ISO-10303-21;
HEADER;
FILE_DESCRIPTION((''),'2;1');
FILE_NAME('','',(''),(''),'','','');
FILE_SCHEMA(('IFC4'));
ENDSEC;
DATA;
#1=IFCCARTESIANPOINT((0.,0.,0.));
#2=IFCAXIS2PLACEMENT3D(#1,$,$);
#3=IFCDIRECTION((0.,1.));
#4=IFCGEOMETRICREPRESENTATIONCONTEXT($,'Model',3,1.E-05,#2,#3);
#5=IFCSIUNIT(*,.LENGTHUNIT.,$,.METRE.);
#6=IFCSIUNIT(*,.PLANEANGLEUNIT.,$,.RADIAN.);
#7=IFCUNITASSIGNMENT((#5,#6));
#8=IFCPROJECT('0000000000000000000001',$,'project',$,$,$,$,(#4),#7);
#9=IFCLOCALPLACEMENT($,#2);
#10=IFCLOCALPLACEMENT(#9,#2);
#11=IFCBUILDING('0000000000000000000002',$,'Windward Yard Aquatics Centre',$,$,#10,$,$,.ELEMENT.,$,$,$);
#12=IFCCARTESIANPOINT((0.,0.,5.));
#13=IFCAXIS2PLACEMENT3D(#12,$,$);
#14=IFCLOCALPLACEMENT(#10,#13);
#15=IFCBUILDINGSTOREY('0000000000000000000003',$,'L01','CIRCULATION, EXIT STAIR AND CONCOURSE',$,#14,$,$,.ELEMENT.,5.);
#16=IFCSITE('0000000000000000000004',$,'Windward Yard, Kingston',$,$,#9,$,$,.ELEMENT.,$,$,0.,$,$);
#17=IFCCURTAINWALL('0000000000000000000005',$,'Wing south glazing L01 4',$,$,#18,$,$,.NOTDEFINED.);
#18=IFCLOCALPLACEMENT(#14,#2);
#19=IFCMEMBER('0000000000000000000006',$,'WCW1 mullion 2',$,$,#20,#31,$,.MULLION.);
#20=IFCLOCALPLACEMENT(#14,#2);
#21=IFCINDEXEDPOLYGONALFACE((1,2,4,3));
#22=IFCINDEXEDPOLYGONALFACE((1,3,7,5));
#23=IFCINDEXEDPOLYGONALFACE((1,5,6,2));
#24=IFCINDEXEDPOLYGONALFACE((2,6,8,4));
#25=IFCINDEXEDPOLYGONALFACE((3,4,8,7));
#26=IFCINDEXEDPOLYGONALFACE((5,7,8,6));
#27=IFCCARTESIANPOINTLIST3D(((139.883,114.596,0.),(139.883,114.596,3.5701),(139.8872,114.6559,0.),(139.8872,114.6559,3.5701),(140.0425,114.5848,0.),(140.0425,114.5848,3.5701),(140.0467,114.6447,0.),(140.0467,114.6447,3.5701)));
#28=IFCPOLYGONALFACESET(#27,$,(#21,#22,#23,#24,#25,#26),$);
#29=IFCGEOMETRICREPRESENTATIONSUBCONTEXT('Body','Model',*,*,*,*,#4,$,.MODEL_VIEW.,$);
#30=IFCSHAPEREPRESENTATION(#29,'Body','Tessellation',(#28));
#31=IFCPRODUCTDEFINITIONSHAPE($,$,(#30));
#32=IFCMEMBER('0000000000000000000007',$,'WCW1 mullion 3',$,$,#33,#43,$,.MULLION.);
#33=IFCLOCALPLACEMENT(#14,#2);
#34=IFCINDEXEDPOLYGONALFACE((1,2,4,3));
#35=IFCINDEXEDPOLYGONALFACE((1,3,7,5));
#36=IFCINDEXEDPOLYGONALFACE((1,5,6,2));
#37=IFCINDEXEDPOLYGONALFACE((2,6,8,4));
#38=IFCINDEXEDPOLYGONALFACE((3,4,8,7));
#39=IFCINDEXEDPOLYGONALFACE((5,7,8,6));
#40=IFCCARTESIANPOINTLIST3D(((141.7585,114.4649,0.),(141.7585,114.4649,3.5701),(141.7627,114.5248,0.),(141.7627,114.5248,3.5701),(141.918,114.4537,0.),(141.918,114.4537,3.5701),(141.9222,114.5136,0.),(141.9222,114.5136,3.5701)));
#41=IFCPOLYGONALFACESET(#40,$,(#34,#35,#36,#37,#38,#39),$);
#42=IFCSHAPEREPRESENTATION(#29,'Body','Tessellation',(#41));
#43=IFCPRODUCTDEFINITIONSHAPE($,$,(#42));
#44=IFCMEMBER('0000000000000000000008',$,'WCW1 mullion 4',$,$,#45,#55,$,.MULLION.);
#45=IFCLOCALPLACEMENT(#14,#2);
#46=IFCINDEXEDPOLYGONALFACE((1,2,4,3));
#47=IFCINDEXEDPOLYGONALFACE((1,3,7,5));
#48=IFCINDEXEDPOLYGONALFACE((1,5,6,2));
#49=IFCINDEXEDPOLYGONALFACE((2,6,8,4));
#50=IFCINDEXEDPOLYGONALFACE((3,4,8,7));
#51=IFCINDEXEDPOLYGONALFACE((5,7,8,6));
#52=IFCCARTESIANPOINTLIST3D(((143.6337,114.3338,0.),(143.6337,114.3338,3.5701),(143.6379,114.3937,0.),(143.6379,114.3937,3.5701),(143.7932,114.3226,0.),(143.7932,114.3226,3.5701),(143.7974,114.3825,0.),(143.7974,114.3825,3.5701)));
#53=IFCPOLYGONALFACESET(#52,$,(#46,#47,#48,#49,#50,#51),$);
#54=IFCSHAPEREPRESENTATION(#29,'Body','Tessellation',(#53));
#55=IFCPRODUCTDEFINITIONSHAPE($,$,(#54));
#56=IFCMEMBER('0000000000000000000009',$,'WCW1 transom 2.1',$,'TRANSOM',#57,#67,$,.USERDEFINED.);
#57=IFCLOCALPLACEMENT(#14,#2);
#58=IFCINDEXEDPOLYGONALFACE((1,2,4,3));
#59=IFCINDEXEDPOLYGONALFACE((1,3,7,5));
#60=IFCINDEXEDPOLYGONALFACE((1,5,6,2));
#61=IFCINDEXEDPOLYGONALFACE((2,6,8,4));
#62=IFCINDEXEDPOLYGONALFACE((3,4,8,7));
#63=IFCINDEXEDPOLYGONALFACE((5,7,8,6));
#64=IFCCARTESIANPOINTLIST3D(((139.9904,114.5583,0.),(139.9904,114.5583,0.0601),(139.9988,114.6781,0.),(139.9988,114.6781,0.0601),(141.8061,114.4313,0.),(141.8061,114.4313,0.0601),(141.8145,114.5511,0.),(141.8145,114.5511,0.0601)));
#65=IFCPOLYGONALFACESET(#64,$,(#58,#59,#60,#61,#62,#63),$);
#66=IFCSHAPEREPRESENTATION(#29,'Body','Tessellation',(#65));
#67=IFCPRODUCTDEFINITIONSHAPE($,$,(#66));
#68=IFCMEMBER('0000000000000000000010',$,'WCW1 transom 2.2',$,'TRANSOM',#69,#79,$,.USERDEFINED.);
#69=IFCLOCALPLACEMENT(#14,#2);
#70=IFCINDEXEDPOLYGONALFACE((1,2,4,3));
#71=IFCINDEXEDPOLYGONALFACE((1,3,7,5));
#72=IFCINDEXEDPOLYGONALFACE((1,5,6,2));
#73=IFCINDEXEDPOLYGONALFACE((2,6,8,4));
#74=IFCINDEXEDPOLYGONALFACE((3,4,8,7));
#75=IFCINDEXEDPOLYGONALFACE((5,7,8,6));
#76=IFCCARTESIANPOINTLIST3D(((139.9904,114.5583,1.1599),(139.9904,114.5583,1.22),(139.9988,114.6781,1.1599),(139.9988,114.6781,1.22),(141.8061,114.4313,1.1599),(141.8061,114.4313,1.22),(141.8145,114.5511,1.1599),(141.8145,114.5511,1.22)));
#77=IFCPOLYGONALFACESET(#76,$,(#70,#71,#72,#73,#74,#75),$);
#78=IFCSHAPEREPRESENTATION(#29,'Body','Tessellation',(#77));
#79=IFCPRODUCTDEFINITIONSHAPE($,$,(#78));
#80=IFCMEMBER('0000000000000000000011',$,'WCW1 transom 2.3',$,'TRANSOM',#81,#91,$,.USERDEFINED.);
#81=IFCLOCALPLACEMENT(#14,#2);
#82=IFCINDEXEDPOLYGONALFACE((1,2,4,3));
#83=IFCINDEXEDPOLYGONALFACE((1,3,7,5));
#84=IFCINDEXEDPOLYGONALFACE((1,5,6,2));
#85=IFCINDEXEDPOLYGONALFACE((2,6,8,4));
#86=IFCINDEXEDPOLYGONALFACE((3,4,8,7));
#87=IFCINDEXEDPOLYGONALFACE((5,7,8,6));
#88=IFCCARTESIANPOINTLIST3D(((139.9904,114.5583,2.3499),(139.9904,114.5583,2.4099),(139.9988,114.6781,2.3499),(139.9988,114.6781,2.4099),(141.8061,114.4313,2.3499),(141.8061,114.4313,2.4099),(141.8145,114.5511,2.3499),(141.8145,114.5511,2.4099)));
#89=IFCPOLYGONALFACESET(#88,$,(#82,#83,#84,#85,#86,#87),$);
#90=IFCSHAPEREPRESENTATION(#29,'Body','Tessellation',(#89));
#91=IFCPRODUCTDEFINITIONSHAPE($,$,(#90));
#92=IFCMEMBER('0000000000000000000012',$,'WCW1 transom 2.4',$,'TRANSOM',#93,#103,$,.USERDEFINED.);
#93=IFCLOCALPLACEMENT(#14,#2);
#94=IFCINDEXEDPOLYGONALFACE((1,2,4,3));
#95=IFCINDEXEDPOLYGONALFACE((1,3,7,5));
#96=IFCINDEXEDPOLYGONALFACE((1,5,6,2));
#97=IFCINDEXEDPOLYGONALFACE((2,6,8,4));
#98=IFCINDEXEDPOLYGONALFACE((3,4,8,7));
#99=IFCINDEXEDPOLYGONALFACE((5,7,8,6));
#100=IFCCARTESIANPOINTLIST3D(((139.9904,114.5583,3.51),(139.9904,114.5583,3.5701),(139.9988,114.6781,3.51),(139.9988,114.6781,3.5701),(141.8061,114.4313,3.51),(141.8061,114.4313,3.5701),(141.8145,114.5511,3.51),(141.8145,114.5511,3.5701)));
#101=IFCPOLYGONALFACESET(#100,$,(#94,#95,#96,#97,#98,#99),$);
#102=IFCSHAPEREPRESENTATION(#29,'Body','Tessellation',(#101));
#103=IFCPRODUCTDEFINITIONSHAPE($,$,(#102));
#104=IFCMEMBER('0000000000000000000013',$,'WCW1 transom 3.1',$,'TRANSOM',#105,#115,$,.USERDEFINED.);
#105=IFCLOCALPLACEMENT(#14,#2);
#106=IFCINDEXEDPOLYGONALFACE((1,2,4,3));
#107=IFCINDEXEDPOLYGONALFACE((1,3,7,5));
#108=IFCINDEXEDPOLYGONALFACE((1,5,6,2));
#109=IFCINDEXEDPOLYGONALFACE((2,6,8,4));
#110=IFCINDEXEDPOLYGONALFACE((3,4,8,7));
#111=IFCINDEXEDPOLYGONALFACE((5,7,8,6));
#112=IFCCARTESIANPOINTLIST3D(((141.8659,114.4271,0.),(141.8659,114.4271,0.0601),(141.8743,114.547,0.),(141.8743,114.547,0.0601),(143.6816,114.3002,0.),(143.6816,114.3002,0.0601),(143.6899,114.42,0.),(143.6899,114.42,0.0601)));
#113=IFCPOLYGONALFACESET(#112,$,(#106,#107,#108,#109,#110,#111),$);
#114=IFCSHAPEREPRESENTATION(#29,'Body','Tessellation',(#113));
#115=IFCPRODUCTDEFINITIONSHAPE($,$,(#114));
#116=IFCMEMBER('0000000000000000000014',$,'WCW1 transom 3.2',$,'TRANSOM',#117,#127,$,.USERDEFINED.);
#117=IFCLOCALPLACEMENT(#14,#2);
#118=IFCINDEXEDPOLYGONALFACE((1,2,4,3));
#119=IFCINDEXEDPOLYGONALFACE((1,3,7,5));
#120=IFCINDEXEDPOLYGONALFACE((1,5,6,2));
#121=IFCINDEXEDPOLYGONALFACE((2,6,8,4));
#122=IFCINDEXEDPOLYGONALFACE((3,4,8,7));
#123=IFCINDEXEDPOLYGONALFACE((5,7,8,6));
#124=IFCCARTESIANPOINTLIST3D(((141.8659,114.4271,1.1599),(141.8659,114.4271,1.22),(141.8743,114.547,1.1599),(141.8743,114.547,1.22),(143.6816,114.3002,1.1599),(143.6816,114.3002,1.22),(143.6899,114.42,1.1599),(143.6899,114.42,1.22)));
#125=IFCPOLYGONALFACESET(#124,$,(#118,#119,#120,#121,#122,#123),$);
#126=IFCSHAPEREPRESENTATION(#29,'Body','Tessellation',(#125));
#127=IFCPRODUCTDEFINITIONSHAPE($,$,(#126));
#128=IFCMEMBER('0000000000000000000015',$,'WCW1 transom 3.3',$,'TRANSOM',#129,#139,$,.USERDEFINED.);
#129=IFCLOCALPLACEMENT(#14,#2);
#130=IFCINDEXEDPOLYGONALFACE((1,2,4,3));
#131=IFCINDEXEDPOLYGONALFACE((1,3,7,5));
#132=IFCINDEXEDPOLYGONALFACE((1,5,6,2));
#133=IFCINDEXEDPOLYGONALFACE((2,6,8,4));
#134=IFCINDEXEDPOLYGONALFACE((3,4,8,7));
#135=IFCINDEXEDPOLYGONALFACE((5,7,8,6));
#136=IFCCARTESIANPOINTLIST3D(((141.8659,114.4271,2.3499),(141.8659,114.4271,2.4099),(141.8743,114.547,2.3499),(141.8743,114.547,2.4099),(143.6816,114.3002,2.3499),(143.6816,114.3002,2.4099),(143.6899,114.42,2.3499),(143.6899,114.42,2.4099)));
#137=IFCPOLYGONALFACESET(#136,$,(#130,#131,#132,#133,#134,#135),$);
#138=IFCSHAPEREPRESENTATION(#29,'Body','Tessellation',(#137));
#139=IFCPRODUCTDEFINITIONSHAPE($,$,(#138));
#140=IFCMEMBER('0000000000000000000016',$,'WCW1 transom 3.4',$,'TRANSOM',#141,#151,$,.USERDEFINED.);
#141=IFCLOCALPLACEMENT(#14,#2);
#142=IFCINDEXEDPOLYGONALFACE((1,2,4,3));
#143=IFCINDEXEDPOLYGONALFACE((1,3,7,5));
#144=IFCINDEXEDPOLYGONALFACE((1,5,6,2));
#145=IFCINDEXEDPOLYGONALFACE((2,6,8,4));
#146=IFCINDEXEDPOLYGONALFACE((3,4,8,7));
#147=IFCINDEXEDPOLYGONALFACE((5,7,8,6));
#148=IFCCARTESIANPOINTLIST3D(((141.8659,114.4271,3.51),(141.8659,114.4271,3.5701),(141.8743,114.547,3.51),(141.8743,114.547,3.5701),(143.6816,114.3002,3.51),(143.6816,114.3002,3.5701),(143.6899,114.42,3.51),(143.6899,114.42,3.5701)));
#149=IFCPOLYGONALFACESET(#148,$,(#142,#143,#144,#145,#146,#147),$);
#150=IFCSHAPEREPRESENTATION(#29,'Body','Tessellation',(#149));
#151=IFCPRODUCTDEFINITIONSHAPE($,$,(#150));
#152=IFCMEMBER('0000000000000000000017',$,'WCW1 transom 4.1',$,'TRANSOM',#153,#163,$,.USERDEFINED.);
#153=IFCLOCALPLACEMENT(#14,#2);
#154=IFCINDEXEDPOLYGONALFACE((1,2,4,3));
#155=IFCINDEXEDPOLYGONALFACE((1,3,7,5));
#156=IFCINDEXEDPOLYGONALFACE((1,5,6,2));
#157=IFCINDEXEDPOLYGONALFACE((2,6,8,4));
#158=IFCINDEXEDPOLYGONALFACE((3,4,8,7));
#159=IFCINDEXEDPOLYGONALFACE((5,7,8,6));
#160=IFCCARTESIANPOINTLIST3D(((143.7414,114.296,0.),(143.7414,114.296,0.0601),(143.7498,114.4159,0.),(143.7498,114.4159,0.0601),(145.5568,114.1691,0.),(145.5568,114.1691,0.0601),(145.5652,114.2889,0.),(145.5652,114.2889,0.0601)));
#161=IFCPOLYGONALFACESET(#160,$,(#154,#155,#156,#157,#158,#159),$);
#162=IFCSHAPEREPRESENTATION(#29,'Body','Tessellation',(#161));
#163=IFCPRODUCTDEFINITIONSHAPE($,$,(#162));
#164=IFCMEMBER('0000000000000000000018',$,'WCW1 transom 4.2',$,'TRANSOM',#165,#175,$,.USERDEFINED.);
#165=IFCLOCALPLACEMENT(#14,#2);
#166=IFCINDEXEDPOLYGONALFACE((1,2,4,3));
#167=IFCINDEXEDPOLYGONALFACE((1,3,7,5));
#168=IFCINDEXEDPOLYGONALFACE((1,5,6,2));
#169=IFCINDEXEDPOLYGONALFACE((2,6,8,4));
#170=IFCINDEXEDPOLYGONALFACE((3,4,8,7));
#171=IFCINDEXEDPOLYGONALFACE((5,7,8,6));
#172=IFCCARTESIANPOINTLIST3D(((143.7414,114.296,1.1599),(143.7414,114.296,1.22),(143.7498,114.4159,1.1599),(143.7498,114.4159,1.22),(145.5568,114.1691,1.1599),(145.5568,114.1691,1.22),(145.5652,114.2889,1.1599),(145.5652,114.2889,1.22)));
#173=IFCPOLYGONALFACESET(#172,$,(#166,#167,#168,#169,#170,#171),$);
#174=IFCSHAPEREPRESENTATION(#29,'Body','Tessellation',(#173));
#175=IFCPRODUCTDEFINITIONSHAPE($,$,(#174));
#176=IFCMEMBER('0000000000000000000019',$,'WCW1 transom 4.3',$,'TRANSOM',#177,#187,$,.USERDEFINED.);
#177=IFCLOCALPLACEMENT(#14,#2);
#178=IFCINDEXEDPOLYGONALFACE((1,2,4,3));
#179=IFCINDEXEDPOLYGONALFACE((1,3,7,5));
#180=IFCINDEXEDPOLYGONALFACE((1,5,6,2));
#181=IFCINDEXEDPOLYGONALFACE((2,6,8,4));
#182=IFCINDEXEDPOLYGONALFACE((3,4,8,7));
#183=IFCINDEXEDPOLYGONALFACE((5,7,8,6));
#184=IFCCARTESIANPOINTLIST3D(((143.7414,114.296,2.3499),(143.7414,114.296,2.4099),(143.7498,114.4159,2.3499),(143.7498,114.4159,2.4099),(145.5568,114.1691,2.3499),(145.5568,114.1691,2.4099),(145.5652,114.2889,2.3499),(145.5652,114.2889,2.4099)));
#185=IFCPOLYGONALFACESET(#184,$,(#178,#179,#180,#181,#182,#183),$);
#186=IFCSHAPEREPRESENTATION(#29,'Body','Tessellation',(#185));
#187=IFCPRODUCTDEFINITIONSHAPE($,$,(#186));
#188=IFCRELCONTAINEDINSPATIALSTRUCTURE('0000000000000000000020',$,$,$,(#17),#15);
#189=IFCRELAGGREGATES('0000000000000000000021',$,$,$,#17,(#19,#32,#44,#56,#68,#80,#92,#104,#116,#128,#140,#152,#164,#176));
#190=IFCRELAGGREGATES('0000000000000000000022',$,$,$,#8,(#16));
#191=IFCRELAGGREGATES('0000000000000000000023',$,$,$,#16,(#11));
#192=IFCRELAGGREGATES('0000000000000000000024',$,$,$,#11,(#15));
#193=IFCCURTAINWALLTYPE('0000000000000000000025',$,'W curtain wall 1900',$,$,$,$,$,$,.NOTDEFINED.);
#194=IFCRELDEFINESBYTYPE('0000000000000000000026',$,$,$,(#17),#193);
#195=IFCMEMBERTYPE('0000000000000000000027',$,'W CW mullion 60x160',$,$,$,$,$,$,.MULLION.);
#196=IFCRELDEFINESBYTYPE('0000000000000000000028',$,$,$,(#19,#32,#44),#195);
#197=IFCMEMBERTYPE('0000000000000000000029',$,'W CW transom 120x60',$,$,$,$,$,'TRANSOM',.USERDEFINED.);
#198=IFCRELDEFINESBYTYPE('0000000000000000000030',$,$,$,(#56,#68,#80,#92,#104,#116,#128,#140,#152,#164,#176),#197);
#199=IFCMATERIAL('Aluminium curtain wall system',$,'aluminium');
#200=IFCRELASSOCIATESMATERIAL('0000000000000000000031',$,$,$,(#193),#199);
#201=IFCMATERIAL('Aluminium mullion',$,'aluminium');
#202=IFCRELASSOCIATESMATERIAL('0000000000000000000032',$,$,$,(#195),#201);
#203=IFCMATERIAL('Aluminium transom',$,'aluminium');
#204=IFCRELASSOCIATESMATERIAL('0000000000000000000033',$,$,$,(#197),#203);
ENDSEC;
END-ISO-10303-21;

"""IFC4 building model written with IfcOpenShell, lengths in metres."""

from ifc_helpers import new_model, si_unit, direction, frame, origin, origin_2d, place, context, subcontext, project, spatial, rectangle, extrude, material, material_profile, profile_set, type_object, element, aggregate, save


model = new_model("IFC4")

# Units and contexts
model_context = context("Model", 3, precision=1e-05, world=origin(), true_north=direction((0.0, 1.0)))
body_context = subcontext(model_context, "Body", "Model", "MODEL_VIEW")
ifc_project = project(units=[si_unit("LENGTHUNIT", "METRE"), si_unit("PLANEANGLEUNIT", "RADIAN")], contexts=[model_context])

# Site, building, storey
site_placement = place(None, origin())
site = spatial("IfcSite", under=ifc_project, at=site_placement, Name="Windward Yard, Kingston", CompositionType="ELEMENT", RefElevation=0.0)
building_placement = place(site_placement, origin())
building = spatial("IfcBuilding", under=site, at=building_placement, Name="Windward Yard Aquatics Centre", CompositionType="ELEMENT")
storey_placement = place(building_placement, frame((0.0, 0.0, 5.0)))
storey = spatial("IfcBuildingStorey", under=building, at=storey_placement, Name="L01", Description="CIRCULATION, EXIT STAIR AND CONCOURSE", CompositionType="ELEMENT", Elevation=5.0)

# Curtain wall, members
ifc_material_1 = material(Name="Aluminium curtain wall system", Category="aluminium")
curtain_wall_type = type_object("IfcCurtainWallType", Name="W curtain wall 1900", PredefinedType="NOTDEFINED", material=ifc_material_1)
curtain_wall_placement = place(storey_placement, origin())
curtain_wall = element("IfcCurtainWall", 1, at=curtain_wall_placement, inside=storey, type_object=curtain_wall_type, Name="Wing south glazing L01 4", PredefinedType="NOTDEFINED")
ifc_material_2 = material(Name="Aluminium mullion", Category="aluminium")
ifc_material_profile_1 = material_profile(ifc_material_2, rectangle(XDim=0.0601, YDim=0.1599, at=origin_2d()), Name="AL 60x160")
ifc_profile_set_1 = profile_set([ifc_material_profile_1], Name="Aluminium mullion")
member_type_1 = type_object("IfcMemberType", Name="W CW mullion 60x160", PredefinedType="MULLION", material=ifc_profile_set_1)
member_1_placement = place(storey_placement, frame((139.9648, 114.6204, 0.0), z_axis=(0.0, 0.0, 1.0), x_axis=(0.069755, 0.997564, 0.0)))
member_1 = element("IfcMember", 2, at=member_1_placement, type_object=member_type_1, Name="WCW1 mullion 2", PredefinedType="MULLION", context=body_context, shape_type="SweptSolid", body=[
    extrude(rectangle(XDim=0.0601, YDim=0.1599, at=origin_2d()), origin(), (0.0, 0.0, 1.0), 3.5701),
])
member_2_placement = place(storey_placement, frame((141.8403, 114.4893, 0.0), z_axis=(0.0, 0.0, 1.0), x_axis=(0.069755, 0.997564, 0.0)))
member_2 = element("IfcMember", 3, at=member_2_placement, type_object=member_type_1, Name="WCW1 mullion 3", PredefinedType="MULLION", context=body_context, shape_type="SweptSolid", body=[
    extrude(rectangle(XDim=0.0601, YDim=0.1599, at=origin_2d()), origin(), (0.0, 0.0, 1.0), 3.5701),
])
member_3_placement = place(storey_placement, frame((143.7156, 114.3582, 0.0), z_axis=(0.0, 0.0, 1.0), x_axis=(0.069755, 0.997564, 0.0)))
member_3 = element("IfcMember", 4, at=member_3_placement, type_object=member_type_1, Name="WCW1 mullion 4", PredefinedType="MULLION", context=body_context, shape_type="SweptSolid", body=[
    extrude(rectangle(XDim=0.0601, YDim=0.1599, at=origin_2d()), origin(), (0.0, 0.0, 1.0), 3.5701),
])
ifc_material_3 = material(Name="Aluminium transom", Category="aluminium")
ifc_material_profile_2 = material_profile(ifc_material_3, rectangle(XDim=0.1201, YDim=0.0601, at=origin_2d()), Name="AL 120x60")
ifc_profile_set_2 = profile_set([ifc_material_profile_2], Name="Aluminium transom")
member_type_2 = type_object("IfcMemberType", Name="W CW transom 120x60", ElementType="TRANSOM", PredefinedType="USERDEFINED", material=ifc_profile_set_2)
member_4_placement = place(storey_placement, frame((139.9946, 114.6182, 0.03), z_axis=(0.997564, -0.06975, 0.0), x_axis=(0.06975, 0.997564, 0.0)))
member_4 = element("IfcMember", 5, at=member_4_placement, type_object=member_type_2, Name="WCW1 transom 2.1", ObjectType="TRANSOM", PredefinedType="USERDEFINED", context=body_context, shape_type="SweptSolid", body=[
    extrude(rectangle(XDim=0.1201, YDim=0.0601, at=origin_2d()), origin(), (0.0, 0.0, 1.0), 1.8201),
])
member_5_placement = place(storey_placement, frame((139.9946, 114.6182, 1.1899), z_axis=(0.997564, -0.06975, 0.0), x_axis=(0.06975, 0.997564, 0.0)))
member_5 = element("IfcMember", 6, at=member_5_placement, type_object=member_type_2, Name="WCW1 transom 2.2", ObjectType="TRANSOM", PredefinedType="USERDEFINED", context=body_context, shape_type="SweptSolid", body=[
    extrude(rectangle(XDim=0.1201, YDim=0.0601, at=origin_2d()), origin(), (0.0, 0.0, 1.0), 1.8201),
])
member_6_placement = place(storey_placement, frame((139.9946, 114.6182, 2.3799), z_axis=(0.997564, -0.06975, 0.0), x_axis=(0.06975, 0.997564, 0.0)))
member_6 = element("IfcMember", 7, at=member_6_placement, type_object=member_type_2, Name="WCW1 transom 2.3", ObjectType="TRANSOM", PredefinedType="USERDEFINED", context=body_context, shape_type="SweptSolid", body=[
    extrude(rectangle(XDim=0.1201, YDim=0.0601, at=origin_2d()), origin(), (0.0, 0.0, 1.0), 1.8201),
])
member_7_placement = place(storey_placement, frame((139.9946, 114.6182, 3.54), z_axis=(0.997564, -0.06975, 0.0), x_axis=(0.06975, 0.997564, 0.0)))
member_7 = element("IfcMember", 8, at=member_7_placement, type_object=member_type_2, Name="WCW1 transom 2.4", ObjectType="TRANSOM", PredefinedType="USERDEFINED", context=body_context, shape_type="SweptSolid", body=[
    extrude(rectangle(XDim=0.1201, YDim=0.0601, at=origin_2d()), origin(), (0.0, 0.0, 1.0), 1.8201),
])
member_8_placement = place(storey_placement, frame((141.8701, 114.4871, 0.03), z_axis=(0.997564, -0.06975, 0.0), x_axis=(0.06975, 0.997564, 0.0)))
member_8 = element("IfcMember", 9, at=member_8_placement, type_object=member_type_2, Name="WCW1 transom 3.1", ObjectType="TRANSOM", PredefinedType="USERDEFINED", context=body_context, shape_type="SweptSolid", body=[
    extrude(rectangle(XDim=0.1201, YDim=0.0601, at=origin_2d()), origin(), (0.0, 0.0, 1.0), 1.8201),
])
member_9_placement = place(storey_placement, frame((141.8701, 114.4871, 1.1899), z_axis=(0.997564, -0.06975, 0.0), x_axis=(0.06975, 0.997564, 0.0)))
member_9 = element("IfcMember", 10, at=member_9_placement, type_object=member_type_2, Name="WCW1 transom 3.2", ObjectType="TRANSOM", PredefinedType="USERDEFINED", context=body_context, shape_type="SweptSolid", body=[
    extrude(rectangle(XDim=0.1201, YDim=0.0601, at=origin_2d()), origin(), (0.0, 0.0, 1.0), 1.8201),
])
member_10_placement = place(storey_placement, frame((141.8701, 114.4871, 2.3799), z_axis=(0.997564, -0.06975, 0.0), x_axis=(0.06975, 0.997564, 0.0)))
member_10 = element("IfcMember", 11, at=member_10_placement, type_object=member_type_2, Name="WCW1 transom 3.3", ObjectType="TRANSOM", PredefinedType="USERDEFINED", context=body_context, shape_type="SweptSolid", body=[
    extrude(rectangle(XDim=0.1201, YDim=0.0601, at=origin_2d()), origin(), (0.0, 0.0, 1.0), 1.8201),
])
member_11_placement = place(storey_placement, frame((141.8701, 114.4871, 3.54), z_axis=(0.997564, -0.06975, 0.0), x_axis=(0.06975, 0.997564, 0.0)))
member_11 = element("IfcMember", 12, at=member_11_placement, type_object=member_type_2, Name="WCW1 transom 3.4", ObjectType="TRANSOM", PredefinedType="USERDEFINED", context=body_context, shape_type="SweptSolid", body=[
    extrude(rectangle(XDim=0.1201, YDim=0.0601, at=origin_2d()), origin(), (0.0, 0.0, 1.0), 1.8201),
])
member_12_placement = place(storey_placement, frame((143.7456, 114.356, 0.03), z_axis=(0.997564, -0.06976, 0.0), x_axis=(0.06976, 0.997564, 0.0)))
member_12 = element("IfcMember", 13, at=member_12_placement, type_object=member_type_2, Name="WCW1 transom 4.1", ObjectType="TRANSOM", PredefinedType="USERDEFINED", context=body_context, shape_type="SweptSolid", body=[
    extrude(rectangle(XDim=0.1201, YDim=0.0601, at=origin_2d()), origin(), (0.0, 0.0, 1.0), 1.8198),
])
member_13_placement = place(storey_placement, frame((143.7456, 114.356, 1.1899), z_axis=(0.997564, -0.06976, 0.0), x_axis=(0.06976, 0.997564, 0.0)))
member_13 = element("IfcMember", 14, at=member_13_placement, type_object=member_type_2, Name="WCW1 transom 4.2", ObjectType="TRANSOM", PredefinedType="USERDEFINED", context=body_context, shape_type="SweptSolid", body=[
    extrude(rectangle(XDim=0.1201, YDim=0.0601, at=origin_2d()), origin(), (0.0, 0.0, 1.0), 1.8198),
])
member_14_placement = place(storey_placement, frame((143.7456, 114.356, 2.3799), z_axis=(0.997564, -0.06976, 0.0), x_axis=(0.06976, 0.997564, 0.0)))
member_14 = element("IfcMember", 15, at=member_14_placement, type_object=member_type_2, Name="WCW1 transom 4.3", ObjectType="TRANSOM", PredefinedType="USERDEFINED", context=body_context, shape_type="SweptSolid", body=[
    extrude(rectangle(XDim=0.1201, YDim=0.0601, at=origin_2d()), origin(), (0.0, 0.0, 1.0), 1.8198),
])
aggregate(curtain_wall, [member_1, member_2, member_3, member_4, member_5, member_6, member_7, member_8, member_9, member_10, member_11, member_12, member_13, member_14])

save(model, "model.ifc")
